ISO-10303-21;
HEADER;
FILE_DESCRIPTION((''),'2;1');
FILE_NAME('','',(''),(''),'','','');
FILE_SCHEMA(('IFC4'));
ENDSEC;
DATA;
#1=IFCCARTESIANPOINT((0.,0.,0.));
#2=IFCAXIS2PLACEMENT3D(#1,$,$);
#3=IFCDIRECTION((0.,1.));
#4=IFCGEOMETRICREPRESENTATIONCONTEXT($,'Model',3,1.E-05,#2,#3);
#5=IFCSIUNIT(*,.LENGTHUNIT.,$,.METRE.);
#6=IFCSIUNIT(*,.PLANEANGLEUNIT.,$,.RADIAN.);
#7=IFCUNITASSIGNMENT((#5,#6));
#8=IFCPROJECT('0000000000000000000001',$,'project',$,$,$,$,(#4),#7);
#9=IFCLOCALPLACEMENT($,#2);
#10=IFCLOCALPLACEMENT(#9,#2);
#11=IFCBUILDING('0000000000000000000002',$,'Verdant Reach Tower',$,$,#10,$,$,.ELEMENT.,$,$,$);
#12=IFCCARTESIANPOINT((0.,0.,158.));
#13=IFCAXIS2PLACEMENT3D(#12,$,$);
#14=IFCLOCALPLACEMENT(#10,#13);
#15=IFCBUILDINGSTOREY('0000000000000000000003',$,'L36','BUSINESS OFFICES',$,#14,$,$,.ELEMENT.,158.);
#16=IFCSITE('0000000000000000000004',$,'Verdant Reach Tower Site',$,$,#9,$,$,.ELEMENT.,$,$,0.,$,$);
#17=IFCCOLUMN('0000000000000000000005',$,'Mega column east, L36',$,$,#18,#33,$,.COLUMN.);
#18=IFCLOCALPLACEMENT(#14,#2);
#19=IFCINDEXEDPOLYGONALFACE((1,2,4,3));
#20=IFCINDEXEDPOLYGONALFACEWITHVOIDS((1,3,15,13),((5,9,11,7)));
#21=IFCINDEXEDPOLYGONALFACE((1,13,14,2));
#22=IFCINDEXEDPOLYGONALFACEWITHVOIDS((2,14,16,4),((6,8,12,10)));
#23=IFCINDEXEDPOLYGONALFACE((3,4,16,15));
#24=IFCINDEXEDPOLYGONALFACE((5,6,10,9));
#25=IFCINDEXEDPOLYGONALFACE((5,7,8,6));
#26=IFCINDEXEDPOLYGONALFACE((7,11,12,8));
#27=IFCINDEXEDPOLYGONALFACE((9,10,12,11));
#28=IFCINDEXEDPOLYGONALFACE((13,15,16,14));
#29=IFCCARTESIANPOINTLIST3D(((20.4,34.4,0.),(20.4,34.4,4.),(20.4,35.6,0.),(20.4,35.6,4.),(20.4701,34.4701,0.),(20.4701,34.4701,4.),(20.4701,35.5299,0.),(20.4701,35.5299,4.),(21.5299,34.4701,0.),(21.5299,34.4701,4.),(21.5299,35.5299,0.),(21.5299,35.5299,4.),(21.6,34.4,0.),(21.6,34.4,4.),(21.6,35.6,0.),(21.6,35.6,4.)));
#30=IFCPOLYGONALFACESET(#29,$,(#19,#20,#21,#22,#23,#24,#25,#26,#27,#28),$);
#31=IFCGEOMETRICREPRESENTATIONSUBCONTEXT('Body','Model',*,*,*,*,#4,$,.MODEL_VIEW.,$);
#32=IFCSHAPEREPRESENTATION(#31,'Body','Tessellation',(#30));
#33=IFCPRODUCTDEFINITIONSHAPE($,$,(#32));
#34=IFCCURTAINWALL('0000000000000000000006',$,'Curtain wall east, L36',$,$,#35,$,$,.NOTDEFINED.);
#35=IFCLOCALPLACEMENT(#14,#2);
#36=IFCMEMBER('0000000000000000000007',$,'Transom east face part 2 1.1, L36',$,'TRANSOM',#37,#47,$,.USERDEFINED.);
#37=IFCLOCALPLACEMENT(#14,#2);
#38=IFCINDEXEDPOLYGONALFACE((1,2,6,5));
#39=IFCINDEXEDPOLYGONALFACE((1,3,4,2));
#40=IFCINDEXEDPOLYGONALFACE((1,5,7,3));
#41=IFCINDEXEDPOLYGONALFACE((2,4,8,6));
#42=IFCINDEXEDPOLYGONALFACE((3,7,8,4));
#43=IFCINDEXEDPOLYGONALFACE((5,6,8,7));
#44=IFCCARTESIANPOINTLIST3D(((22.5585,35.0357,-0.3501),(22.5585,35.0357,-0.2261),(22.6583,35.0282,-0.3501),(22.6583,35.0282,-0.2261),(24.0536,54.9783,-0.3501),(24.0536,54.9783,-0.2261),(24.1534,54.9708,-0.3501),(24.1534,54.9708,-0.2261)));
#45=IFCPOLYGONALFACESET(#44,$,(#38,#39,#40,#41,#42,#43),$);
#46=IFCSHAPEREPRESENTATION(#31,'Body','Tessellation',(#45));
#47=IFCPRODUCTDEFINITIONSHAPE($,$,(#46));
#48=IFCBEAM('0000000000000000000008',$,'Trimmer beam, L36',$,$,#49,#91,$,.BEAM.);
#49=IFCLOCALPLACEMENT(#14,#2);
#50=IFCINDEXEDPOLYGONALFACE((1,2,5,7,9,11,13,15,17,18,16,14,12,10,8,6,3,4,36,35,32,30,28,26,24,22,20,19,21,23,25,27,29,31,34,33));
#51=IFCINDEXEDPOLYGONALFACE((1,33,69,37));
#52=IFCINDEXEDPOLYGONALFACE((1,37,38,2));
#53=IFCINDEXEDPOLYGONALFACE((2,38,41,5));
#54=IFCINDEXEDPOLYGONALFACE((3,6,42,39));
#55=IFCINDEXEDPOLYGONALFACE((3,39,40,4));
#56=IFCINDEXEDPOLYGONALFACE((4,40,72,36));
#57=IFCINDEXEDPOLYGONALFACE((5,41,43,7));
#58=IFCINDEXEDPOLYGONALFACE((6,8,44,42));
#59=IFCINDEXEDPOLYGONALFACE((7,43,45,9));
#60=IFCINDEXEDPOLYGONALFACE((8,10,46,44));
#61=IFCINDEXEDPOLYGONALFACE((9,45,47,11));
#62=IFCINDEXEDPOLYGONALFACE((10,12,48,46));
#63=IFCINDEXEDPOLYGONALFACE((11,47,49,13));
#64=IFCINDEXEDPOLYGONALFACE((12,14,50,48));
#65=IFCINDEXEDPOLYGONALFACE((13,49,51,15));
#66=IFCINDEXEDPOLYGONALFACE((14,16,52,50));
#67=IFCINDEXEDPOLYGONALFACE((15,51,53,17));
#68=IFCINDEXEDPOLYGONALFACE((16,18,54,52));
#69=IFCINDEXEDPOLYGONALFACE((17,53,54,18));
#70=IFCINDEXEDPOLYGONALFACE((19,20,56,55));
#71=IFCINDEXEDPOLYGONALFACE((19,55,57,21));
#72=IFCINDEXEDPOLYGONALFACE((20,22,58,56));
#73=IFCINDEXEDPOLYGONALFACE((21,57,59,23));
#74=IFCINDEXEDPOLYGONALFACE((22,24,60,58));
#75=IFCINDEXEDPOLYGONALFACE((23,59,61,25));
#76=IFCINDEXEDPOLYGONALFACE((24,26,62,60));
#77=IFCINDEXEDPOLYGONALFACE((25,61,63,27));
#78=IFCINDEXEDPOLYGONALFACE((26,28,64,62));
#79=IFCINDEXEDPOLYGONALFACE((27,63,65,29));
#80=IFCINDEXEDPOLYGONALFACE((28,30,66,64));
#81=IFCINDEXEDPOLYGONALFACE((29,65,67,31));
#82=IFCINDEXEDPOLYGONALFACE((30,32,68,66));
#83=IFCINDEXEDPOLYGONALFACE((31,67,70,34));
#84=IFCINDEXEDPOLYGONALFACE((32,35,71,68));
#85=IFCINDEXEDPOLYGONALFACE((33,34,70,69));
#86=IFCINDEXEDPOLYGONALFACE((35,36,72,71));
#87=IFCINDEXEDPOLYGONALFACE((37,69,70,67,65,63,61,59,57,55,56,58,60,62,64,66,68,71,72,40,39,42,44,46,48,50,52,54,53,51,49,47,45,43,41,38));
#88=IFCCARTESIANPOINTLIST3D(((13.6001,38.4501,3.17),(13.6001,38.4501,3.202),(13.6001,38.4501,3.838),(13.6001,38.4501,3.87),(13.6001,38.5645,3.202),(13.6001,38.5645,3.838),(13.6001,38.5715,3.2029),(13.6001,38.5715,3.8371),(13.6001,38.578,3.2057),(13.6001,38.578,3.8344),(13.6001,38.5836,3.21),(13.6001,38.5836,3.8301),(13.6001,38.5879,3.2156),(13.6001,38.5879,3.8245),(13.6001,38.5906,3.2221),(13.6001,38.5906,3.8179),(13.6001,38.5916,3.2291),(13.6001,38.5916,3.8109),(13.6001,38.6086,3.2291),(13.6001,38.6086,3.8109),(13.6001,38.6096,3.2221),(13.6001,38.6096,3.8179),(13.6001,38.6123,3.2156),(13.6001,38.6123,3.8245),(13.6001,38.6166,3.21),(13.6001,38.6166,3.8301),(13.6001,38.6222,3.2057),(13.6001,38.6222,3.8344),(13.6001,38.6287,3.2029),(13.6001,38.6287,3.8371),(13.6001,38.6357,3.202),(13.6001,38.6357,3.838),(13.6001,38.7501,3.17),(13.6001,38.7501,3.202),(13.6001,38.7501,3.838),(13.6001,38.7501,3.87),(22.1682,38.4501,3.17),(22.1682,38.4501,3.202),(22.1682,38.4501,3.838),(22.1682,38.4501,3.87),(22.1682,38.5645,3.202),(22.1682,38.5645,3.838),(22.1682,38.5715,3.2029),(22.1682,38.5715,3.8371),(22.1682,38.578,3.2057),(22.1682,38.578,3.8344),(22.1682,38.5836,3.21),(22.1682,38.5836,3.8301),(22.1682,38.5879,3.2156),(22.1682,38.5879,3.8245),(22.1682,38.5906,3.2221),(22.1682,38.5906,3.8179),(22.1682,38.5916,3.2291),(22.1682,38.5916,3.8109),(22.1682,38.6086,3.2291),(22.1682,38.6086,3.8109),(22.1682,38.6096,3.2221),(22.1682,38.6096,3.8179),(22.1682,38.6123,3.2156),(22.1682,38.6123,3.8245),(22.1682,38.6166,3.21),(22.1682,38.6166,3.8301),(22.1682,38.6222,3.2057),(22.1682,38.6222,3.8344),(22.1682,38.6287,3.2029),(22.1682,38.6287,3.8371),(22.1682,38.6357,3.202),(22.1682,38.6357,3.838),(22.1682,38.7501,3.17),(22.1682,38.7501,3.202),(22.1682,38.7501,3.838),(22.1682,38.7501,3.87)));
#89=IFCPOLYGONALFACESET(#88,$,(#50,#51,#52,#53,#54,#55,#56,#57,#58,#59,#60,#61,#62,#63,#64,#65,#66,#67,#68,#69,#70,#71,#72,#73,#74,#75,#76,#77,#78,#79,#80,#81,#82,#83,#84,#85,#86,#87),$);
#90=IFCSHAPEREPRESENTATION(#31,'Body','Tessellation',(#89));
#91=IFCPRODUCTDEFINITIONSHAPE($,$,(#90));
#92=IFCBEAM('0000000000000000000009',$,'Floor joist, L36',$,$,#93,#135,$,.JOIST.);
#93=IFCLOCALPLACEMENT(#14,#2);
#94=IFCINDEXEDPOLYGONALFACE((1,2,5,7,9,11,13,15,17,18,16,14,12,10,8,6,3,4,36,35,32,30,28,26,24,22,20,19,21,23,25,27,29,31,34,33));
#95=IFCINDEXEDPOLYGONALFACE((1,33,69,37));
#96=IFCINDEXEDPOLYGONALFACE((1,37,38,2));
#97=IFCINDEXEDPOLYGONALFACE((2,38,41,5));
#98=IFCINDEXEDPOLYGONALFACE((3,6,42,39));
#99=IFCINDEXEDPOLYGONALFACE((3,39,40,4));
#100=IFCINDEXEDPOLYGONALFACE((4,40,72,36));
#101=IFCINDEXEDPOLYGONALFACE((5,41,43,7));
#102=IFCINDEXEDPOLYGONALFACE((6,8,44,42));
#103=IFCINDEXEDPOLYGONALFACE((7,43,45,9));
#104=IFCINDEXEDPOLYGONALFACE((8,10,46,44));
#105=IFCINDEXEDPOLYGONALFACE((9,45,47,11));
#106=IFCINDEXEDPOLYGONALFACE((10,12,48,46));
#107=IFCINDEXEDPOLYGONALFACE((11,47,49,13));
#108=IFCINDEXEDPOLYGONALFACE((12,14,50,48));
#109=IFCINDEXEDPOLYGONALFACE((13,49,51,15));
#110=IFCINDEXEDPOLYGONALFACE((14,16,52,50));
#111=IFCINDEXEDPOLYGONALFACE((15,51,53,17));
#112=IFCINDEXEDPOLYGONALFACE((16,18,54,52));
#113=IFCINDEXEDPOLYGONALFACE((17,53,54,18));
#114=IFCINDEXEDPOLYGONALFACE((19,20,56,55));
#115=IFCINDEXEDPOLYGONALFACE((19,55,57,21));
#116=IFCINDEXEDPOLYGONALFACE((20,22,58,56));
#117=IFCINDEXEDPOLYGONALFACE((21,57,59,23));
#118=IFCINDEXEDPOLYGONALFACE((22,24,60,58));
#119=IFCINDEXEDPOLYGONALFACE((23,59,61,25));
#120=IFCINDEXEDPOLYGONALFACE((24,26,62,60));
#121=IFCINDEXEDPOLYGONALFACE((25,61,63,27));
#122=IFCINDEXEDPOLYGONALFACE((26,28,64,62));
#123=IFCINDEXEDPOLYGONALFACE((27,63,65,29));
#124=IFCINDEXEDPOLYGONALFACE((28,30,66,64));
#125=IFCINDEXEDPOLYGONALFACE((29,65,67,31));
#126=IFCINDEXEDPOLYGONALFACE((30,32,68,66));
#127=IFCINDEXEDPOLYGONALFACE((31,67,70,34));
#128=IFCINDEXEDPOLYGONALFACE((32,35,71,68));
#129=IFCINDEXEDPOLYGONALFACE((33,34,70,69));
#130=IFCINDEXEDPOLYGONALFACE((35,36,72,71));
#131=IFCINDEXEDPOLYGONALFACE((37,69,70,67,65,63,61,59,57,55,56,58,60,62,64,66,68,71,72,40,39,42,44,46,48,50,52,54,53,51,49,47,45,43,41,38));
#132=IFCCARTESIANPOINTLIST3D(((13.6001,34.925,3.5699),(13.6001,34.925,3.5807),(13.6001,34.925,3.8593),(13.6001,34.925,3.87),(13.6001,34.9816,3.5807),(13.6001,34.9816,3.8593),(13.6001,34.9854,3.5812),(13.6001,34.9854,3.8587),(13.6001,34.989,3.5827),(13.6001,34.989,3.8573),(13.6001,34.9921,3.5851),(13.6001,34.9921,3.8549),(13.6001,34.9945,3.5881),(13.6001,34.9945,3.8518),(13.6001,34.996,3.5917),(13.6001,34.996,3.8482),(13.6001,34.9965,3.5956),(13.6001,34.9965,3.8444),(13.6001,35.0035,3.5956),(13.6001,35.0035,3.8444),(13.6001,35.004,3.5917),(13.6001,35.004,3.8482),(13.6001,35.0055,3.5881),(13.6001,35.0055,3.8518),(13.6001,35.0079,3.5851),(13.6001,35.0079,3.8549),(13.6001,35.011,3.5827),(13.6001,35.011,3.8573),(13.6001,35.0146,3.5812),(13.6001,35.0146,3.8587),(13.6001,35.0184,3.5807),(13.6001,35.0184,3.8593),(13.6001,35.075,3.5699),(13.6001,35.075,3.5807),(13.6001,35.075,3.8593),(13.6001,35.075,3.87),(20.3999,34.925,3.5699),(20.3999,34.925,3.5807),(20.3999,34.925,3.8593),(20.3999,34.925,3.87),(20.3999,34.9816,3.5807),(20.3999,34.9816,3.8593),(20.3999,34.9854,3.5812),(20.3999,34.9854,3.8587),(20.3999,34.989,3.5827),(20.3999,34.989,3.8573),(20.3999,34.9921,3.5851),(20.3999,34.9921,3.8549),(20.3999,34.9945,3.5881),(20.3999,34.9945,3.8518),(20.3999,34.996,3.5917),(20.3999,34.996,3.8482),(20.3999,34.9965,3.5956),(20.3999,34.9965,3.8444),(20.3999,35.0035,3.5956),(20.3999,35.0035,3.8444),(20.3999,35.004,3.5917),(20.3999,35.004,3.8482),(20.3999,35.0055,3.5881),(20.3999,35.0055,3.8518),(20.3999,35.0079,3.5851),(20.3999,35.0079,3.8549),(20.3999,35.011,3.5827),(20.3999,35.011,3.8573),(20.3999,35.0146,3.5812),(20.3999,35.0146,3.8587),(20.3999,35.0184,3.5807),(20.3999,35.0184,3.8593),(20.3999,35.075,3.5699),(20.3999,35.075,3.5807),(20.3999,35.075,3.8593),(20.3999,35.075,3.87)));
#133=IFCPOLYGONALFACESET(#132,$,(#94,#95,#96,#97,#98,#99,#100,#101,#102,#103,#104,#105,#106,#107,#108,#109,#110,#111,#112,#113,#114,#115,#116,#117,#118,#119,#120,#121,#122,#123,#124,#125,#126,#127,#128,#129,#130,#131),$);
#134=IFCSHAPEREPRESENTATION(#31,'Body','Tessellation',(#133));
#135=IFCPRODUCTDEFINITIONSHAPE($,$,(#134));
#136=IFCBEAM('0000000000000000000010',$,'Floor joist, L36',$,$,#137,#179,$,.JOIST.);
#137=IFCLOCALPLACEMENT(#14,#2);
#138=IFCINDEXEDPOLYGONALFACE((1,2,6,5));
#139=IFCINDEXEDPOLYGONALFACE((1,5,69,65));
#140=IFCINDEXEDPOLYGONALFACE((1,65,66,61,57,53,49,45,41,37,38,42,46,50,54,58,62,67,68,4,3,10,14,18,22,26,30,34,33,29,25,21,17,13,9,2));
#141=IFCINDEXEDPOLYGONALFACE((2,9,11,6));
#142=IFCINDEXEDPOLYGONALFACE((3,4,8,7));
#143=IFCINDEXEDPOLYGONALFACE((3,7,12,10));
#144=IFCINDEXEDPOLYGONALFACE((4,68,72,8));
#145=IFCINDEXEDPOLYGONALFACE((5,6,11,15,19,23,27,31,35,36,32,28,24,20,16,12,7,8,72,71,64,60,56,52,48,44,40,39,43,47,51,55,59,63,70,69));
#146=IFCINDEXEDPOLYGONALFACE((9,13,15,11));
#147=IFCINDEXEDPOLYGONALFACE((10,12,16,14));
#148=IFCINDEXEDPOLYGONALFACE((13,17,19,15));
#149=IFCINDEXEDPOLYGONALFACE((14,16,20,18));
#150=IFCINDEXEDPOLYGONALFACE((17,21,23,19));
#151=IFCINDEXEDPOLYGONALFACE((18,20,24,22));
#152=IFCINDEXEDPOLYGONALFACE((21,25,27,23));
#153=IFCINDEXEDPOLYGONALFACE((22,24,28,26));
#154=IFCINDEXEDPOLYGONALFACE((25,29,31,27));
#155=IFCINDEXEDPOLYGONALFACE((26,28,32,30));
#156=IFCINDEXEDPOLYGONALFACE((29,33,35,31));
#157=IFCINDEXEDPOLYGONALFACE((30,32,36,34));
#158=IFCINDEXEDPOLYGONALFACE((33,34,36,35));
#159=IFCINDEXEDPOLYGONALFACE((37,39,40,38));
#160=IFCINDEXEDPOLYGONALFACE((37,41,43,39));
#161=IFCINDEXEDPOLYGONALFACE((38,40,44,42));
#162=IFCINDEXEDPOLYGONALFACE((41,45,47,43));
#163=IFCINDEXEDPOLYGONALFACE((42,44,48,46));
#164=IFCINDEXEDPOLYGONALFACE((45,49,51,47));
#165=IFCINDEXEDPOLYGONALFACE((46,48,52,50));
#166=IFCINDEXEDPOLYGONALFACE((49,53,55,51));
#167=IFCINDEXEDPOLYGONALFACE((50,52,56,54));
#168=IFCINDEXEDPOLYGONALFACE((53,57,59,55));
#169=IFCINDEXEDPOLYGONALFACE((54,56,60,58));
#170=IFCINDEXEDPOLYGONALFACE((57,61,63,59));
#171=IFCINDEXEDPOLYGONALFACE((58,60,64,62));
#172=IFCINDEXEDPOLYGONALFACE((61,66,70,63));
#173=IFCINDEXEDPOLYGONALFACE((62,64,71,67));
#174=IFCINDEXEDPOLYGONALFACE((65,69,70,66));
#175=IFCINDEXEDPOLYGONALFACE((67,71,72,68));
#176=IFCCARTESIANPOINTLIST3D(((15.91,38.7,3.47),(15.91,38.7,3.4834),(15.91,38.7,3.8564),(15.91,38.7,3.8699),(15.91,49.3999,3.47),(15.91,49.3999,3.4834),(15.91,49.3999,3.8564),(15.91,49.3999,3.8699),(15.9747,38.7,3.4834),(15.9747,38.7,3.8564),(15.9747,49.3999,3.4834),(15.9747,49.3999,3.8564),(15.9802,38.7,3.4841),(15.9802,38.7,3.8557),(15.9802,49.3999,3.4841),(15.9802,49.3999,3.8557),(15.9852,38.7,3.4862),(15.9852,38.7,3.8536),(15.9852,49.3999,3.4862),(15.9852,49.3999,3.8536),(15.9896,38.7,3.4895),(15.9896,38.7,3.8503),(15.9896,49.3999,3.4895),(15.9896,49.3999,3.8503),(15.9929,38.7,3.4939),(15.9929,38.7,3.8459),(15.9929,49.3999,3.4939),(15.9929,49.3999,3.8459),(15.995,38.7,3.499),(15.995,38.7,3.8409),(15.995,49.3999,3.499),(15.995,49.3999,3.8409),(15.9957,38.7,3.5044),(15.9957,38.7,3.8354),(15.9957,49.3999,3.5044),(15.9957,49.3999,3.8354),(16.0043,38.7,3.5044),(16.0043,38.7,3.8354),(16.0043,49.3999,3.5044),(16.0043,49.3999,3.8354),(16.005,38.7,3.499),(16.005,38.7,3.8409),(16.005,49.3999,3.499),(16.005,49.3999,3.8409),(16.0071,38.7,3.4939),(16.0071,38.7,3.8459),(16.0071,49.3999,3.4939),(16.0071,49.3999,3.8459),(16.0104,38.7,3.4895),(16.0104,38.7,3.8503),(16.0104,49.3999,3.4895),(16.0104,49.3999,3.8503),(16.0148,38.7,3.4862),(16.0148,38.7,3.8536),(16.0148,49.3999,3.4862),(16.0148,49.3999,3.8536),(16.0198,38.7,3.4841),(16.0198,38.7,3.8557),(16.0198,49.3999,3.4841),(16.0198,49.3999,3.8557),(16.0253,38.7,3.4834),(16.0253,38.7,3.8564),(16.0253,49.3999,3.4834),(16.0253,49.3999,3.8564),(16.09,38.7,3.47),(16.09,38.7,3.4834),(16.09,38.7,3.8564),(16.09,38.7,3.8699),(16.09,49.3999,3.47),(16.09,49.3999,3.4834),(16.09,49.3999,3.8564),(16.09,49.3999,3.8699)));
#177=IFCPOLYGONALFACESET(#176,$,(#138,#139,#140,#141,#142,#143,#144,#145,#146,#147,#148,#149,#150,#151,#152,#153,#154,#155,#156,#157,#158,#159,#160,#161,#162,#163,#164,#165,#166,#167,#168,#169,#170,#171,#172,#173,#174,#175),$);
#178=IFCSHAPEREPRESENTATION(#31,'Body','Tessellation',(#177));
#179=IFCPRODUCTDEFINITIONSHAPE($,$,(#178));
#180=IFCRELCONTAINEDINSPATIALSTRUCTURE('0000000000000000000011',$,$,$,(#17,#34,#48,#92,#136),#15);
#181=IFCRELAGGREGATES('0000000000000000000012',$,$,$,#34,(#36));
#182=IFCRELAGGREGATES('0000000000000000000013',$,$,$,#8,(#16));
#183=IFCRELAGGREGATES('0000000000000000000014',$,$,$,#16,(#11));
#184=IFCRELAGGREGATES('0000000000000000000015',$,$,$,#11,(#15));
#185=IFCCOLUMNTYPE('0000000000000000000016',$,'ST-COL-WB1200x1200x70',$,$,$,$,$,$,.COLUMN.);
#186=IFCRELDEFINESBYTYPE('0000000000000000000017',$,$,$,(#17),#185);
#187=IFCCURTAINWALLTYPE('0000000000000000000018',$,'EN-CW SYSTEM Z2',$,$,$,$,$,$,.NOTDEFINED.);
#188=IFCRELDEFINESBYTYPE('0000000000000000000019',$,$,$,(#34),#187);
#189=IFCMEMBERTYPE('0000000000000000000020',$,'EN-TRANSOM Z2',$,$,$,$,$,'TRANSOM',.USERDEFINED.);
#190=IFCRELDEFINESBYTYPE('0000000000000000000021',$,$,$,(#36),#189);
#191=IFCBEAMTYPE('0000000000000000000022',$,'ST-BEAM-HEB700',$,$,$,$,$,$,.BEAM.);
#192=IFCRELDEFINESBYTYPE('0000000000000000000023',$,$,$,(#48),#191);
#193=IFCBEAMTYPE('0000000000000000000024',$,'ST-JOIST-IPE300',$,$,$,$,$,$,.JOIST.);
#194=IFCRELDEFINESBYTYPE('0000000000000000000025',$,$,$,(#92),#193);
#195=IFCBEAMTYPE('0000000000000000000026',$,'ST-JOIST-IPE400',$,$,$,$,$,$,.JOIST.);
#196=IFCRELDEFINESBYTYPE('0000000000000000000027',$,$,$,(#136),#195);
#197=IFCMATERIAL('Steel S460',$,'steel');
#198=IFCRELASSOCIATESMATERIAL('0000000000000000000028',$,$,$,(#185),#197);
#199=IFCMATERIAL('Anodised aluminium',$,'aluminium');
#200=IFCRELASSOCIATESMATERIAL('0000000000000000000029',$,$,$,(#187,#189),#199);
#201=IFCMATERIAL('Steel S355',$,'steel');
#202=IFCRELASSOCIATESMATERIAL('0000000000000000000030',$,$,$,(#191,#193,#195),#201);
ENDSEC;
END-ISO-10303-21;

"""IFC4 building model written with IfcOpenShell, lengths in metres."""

from ifc_helpers import new_model, si_unit, direction, frame, origin, origin_2d, place, context, subcontext, project, spatial, rectangle, hollow_rectangle, i_section, extrude, material, material_profile, profile_set, type_object, element, aggregate, save


model = new_model("IFC4")

# Units and contexts
model_context = context("Model", 3, precision=1e-05, world=origin(), true_north=direction((0.0, 1.0)))
body_context = subcontext(model_context, "Body", "Model", "MODEL_VIEW")
ifc_project = project(units=[si_unit("LENGTHUNIT", "METRE"), si_unit("PLANEANGLEUNIT", "RADIAN")], contexts=[model_context])

# Site, building, storey
site_placement = place(None, origin())
site = spatial("IfcSite", under=ifc_project, at=site_placement, Name="Verdant Reach Tower Site", CompositionType="ELEMENT", RefElevation=0.0)
building_placement = place(site_placement, origin())
building = spatial("IfcBuilding", under=site, at=building_placement, Name="Verdant Reach Tower", CompositionType="ELEMENT")
storey_placement = place(building_placement, frame((0.0, 0.0, 158.0)))
storey = spatial("IfcBuildingStorey", under=building, at=storey_placement, Name="L36", Description="BUSINESS OFFICES", CompositionType="ELEMENT", Elevation=158.0)

# Column
ifc_material_1 = material(Name="Steel S460", Category="steel")
ifc_material_profile_1 = material_profile(ifc_material_1, hollow_rectangle(XDim=1.2, YDim=1.2, WallThickness=0.0701, at=origin_2d()), Name="WB 1200x1200x70")
ifc_profile_set_1 = profile_set([ifc_material_profile_1], Name="Steel S460")
column_type = type_object("IfcColumnType", Name="ST-COL-WB1200x1200x70", PredefinedType="COLUMN", material=ifc_profile_set_1)
column_placement = place(storey_placement, frame((21.0, 35.0, 0.0), z_axis=(0.0, 0.0, 1.0), x_axis=(1.0, 0.0, 0.0)))
element("IfcColumn", 1, at=column_placement, inside=storey, type_object=column_type, Name="Mega column east, L36", PredefinedType="COLUMN", context=body_context, shape_type="SweptSolid", body=[
    extrude(hollow_rectangle(XDim=1.2, YDim=1.2, WallThickness=0.0701, at=origin_2d()), origin(), (0.0, 0.0, 1.0), 4.0),
])

# Curtain wall, member
ifc_material_2 = material(Name="Anodised aluminium", Category="aluminium")
curtain_wall_type = type_object("IfcCurtainWallType", Name="EN-CW SYSTEM Z2", PredefinedType="NOTDEFINED", material=ifc_material_2)
curtain_wall_placement = place(storey_placement, origin())
curtain_wall = element("IfcCurtainWall", 2, at=curtain_wall_placement, inside=storey, type_object=curtain_wall_type, Name="Curtain wall east, L36", PredefinedType="NOTDEFINED")
ifc_material_profile_2 = material_profile(ifc_material_2, rectangle(XDim=0.1001, YDim=0.124, at=origin_2d()), Name="Transom 124x100")
ifc_profile_set_2 = profile_set([ifc_material_profile_2], Name="Anodised aluminium")
member_type = type_object("IfcMemberType", Name="EN-TRANSOM Z2", ElementType="TRANSOM", PredefinedType="USERDEFINED", material=ifc_profile_set_2)
member_placement = place(storey_placement, frame((22.6084, 35.032, -0.2881), z_axis=(0.074761, 0.997201, 0.0), x_axis=(-0.997201, 0.074761, 0.0)))
member = element("IfcMember", 3, at=member_placement, type_object=member_type, Name="Transom east face part 2 1.1, L36", ObjectType="TRANSOM", PredefinedType="USERDEFINED", context=body_context, shape_type="SweptSolid", body=[
    extrude(rectangle(XDim=0.1001, YDim=0.124, at=origin_2d()), origin(), (0.0, 0.0, 1.0), 19.9985),
])

# Beams
ifc_material_3 = material(Name="Steel S355", Category="steel")
ifc_material_profile_3 = material_profile(ifc_material_3, i_section(OverallWidth=0.3, OverallDepth=0.7, WebThickness=0.0171, FlangeThickness=0.032, FilletRadius=0.0271, at=origin_2d()), Name="HEB 700")
ifc_profile_set_3 = profile_set([ifc_material_profile_3], Name="Steel S355")
beam_type_1 = type_object("IfcBeamType", Name="ST-BEAM-HEB700", PredefinedType="BEAM", material=ifc_profile_set_3)
beam_1_placement = place(storey_placement, frame((13.6001, 38.6001, 3.52), z_axis=(1.0, 0.0, 0.0), x_axis=(0.0, 1.0, 0.0)))
element("IfcBeam", 4, at=beam_1_placement, inside=storey, type_object=beam_type_1, Name="Trimmer beam, L36", PredefinedType="BEAM", context=body_context, shape_type="SweptSolid", body=[
    extrude(i_section(OverallWidth=0.3, OverallDepth=0.7, WebThickness=0.0171, FlangeThickness=0.032, FilletRadius=0.0271, at=origin_2d()), origin(), (0.0, 0.0, 1.0), 8.5681),
])
ifc_material_profile_4 = material_profile(ifc_material_3, i_section(OverallWidth=0.1499, OverallDepth=0.3, WebThickness=0.0071, FlangeThickness=0.0107, FilletRadius=0.0149, at=origin_2d()), Name="IPE 300")
ifc_profile_set_4 = profile_set([ifc_material_profile_4], Name="Steel S355")
beam_type_2 = type_object("IfcBeamType", Name="ST-JOIST-IPE300", PredefinedType="JOIST", material=ifc_profile_set_4)
beam_2_placement = place(storey_placement, frame((13.6001, 35.0, 3.72), z_axis=(1.0, 0.0, 0.0), x_axis=(0.0, 1.0, 0.0)))
element("IfcBeam", 5, at=beam_2_placement, inside=storey, type_object=beam_type_2, Name="Floor joist, L36", PredefinedType="JOIST", context=body_context, shape_type="SweptSolid", body=[
    extrude(i_section(OverallWidth=0.1499, OverallDepth=0.3, WebThickness=0.0071, FlangeThickness=0.0107, FilletRadius=0.0149, at=origin_2d()), origin(), (0.0, 0.0, 1.0), 6.7998),
])
ifc_material_profile_5 = material_profile(ifc_material_3, i_section(OverallWidth=0.1799, OverallDepth=0.3999, WebThickness=0.0085, FlangeThickness=0.0134, FilletRadius=0.021, at=origin_2d()), Name="IPE 400")
ifc_profile_set_5 = profile_set([ifc_material_profile_5], Name="Steel S355")
beam_type_3 = type_object("IfcBeamType", Name="ST-JOIST-IPE400", PredefinedType="JOIST", material=ifc_profile_set_5)
for number, where, z_axis, x_axis, name in (
    (6, (16.0, 38.7, 3.6699), (0.0, 1.0, 0.0), (-1.0, 0.0, 0.0), "Floor joist, L36"),
):
    element("IfcBeam", number, at=place(storey_placement, frame(where, z_axis=z_axis, x_axis=x_axis)), inside=storey, type_object=beam_type_3, Name=name, PredefinedType="JOIST", context=body_context, shape_type="SweptSolid", body=[
        extrude(i_section(OverallWidth=0.1799, OverallDepth=0.3999, WebThickness=0.0085, FlangeThickness=0.0134, FilletRadius=0.021, at=origin_2d()), origin(), (0.0, 0.0, 1.0), 10.7),
    ])

aggregate(curtain_wall, [member])

save(model, "model.ifc")
